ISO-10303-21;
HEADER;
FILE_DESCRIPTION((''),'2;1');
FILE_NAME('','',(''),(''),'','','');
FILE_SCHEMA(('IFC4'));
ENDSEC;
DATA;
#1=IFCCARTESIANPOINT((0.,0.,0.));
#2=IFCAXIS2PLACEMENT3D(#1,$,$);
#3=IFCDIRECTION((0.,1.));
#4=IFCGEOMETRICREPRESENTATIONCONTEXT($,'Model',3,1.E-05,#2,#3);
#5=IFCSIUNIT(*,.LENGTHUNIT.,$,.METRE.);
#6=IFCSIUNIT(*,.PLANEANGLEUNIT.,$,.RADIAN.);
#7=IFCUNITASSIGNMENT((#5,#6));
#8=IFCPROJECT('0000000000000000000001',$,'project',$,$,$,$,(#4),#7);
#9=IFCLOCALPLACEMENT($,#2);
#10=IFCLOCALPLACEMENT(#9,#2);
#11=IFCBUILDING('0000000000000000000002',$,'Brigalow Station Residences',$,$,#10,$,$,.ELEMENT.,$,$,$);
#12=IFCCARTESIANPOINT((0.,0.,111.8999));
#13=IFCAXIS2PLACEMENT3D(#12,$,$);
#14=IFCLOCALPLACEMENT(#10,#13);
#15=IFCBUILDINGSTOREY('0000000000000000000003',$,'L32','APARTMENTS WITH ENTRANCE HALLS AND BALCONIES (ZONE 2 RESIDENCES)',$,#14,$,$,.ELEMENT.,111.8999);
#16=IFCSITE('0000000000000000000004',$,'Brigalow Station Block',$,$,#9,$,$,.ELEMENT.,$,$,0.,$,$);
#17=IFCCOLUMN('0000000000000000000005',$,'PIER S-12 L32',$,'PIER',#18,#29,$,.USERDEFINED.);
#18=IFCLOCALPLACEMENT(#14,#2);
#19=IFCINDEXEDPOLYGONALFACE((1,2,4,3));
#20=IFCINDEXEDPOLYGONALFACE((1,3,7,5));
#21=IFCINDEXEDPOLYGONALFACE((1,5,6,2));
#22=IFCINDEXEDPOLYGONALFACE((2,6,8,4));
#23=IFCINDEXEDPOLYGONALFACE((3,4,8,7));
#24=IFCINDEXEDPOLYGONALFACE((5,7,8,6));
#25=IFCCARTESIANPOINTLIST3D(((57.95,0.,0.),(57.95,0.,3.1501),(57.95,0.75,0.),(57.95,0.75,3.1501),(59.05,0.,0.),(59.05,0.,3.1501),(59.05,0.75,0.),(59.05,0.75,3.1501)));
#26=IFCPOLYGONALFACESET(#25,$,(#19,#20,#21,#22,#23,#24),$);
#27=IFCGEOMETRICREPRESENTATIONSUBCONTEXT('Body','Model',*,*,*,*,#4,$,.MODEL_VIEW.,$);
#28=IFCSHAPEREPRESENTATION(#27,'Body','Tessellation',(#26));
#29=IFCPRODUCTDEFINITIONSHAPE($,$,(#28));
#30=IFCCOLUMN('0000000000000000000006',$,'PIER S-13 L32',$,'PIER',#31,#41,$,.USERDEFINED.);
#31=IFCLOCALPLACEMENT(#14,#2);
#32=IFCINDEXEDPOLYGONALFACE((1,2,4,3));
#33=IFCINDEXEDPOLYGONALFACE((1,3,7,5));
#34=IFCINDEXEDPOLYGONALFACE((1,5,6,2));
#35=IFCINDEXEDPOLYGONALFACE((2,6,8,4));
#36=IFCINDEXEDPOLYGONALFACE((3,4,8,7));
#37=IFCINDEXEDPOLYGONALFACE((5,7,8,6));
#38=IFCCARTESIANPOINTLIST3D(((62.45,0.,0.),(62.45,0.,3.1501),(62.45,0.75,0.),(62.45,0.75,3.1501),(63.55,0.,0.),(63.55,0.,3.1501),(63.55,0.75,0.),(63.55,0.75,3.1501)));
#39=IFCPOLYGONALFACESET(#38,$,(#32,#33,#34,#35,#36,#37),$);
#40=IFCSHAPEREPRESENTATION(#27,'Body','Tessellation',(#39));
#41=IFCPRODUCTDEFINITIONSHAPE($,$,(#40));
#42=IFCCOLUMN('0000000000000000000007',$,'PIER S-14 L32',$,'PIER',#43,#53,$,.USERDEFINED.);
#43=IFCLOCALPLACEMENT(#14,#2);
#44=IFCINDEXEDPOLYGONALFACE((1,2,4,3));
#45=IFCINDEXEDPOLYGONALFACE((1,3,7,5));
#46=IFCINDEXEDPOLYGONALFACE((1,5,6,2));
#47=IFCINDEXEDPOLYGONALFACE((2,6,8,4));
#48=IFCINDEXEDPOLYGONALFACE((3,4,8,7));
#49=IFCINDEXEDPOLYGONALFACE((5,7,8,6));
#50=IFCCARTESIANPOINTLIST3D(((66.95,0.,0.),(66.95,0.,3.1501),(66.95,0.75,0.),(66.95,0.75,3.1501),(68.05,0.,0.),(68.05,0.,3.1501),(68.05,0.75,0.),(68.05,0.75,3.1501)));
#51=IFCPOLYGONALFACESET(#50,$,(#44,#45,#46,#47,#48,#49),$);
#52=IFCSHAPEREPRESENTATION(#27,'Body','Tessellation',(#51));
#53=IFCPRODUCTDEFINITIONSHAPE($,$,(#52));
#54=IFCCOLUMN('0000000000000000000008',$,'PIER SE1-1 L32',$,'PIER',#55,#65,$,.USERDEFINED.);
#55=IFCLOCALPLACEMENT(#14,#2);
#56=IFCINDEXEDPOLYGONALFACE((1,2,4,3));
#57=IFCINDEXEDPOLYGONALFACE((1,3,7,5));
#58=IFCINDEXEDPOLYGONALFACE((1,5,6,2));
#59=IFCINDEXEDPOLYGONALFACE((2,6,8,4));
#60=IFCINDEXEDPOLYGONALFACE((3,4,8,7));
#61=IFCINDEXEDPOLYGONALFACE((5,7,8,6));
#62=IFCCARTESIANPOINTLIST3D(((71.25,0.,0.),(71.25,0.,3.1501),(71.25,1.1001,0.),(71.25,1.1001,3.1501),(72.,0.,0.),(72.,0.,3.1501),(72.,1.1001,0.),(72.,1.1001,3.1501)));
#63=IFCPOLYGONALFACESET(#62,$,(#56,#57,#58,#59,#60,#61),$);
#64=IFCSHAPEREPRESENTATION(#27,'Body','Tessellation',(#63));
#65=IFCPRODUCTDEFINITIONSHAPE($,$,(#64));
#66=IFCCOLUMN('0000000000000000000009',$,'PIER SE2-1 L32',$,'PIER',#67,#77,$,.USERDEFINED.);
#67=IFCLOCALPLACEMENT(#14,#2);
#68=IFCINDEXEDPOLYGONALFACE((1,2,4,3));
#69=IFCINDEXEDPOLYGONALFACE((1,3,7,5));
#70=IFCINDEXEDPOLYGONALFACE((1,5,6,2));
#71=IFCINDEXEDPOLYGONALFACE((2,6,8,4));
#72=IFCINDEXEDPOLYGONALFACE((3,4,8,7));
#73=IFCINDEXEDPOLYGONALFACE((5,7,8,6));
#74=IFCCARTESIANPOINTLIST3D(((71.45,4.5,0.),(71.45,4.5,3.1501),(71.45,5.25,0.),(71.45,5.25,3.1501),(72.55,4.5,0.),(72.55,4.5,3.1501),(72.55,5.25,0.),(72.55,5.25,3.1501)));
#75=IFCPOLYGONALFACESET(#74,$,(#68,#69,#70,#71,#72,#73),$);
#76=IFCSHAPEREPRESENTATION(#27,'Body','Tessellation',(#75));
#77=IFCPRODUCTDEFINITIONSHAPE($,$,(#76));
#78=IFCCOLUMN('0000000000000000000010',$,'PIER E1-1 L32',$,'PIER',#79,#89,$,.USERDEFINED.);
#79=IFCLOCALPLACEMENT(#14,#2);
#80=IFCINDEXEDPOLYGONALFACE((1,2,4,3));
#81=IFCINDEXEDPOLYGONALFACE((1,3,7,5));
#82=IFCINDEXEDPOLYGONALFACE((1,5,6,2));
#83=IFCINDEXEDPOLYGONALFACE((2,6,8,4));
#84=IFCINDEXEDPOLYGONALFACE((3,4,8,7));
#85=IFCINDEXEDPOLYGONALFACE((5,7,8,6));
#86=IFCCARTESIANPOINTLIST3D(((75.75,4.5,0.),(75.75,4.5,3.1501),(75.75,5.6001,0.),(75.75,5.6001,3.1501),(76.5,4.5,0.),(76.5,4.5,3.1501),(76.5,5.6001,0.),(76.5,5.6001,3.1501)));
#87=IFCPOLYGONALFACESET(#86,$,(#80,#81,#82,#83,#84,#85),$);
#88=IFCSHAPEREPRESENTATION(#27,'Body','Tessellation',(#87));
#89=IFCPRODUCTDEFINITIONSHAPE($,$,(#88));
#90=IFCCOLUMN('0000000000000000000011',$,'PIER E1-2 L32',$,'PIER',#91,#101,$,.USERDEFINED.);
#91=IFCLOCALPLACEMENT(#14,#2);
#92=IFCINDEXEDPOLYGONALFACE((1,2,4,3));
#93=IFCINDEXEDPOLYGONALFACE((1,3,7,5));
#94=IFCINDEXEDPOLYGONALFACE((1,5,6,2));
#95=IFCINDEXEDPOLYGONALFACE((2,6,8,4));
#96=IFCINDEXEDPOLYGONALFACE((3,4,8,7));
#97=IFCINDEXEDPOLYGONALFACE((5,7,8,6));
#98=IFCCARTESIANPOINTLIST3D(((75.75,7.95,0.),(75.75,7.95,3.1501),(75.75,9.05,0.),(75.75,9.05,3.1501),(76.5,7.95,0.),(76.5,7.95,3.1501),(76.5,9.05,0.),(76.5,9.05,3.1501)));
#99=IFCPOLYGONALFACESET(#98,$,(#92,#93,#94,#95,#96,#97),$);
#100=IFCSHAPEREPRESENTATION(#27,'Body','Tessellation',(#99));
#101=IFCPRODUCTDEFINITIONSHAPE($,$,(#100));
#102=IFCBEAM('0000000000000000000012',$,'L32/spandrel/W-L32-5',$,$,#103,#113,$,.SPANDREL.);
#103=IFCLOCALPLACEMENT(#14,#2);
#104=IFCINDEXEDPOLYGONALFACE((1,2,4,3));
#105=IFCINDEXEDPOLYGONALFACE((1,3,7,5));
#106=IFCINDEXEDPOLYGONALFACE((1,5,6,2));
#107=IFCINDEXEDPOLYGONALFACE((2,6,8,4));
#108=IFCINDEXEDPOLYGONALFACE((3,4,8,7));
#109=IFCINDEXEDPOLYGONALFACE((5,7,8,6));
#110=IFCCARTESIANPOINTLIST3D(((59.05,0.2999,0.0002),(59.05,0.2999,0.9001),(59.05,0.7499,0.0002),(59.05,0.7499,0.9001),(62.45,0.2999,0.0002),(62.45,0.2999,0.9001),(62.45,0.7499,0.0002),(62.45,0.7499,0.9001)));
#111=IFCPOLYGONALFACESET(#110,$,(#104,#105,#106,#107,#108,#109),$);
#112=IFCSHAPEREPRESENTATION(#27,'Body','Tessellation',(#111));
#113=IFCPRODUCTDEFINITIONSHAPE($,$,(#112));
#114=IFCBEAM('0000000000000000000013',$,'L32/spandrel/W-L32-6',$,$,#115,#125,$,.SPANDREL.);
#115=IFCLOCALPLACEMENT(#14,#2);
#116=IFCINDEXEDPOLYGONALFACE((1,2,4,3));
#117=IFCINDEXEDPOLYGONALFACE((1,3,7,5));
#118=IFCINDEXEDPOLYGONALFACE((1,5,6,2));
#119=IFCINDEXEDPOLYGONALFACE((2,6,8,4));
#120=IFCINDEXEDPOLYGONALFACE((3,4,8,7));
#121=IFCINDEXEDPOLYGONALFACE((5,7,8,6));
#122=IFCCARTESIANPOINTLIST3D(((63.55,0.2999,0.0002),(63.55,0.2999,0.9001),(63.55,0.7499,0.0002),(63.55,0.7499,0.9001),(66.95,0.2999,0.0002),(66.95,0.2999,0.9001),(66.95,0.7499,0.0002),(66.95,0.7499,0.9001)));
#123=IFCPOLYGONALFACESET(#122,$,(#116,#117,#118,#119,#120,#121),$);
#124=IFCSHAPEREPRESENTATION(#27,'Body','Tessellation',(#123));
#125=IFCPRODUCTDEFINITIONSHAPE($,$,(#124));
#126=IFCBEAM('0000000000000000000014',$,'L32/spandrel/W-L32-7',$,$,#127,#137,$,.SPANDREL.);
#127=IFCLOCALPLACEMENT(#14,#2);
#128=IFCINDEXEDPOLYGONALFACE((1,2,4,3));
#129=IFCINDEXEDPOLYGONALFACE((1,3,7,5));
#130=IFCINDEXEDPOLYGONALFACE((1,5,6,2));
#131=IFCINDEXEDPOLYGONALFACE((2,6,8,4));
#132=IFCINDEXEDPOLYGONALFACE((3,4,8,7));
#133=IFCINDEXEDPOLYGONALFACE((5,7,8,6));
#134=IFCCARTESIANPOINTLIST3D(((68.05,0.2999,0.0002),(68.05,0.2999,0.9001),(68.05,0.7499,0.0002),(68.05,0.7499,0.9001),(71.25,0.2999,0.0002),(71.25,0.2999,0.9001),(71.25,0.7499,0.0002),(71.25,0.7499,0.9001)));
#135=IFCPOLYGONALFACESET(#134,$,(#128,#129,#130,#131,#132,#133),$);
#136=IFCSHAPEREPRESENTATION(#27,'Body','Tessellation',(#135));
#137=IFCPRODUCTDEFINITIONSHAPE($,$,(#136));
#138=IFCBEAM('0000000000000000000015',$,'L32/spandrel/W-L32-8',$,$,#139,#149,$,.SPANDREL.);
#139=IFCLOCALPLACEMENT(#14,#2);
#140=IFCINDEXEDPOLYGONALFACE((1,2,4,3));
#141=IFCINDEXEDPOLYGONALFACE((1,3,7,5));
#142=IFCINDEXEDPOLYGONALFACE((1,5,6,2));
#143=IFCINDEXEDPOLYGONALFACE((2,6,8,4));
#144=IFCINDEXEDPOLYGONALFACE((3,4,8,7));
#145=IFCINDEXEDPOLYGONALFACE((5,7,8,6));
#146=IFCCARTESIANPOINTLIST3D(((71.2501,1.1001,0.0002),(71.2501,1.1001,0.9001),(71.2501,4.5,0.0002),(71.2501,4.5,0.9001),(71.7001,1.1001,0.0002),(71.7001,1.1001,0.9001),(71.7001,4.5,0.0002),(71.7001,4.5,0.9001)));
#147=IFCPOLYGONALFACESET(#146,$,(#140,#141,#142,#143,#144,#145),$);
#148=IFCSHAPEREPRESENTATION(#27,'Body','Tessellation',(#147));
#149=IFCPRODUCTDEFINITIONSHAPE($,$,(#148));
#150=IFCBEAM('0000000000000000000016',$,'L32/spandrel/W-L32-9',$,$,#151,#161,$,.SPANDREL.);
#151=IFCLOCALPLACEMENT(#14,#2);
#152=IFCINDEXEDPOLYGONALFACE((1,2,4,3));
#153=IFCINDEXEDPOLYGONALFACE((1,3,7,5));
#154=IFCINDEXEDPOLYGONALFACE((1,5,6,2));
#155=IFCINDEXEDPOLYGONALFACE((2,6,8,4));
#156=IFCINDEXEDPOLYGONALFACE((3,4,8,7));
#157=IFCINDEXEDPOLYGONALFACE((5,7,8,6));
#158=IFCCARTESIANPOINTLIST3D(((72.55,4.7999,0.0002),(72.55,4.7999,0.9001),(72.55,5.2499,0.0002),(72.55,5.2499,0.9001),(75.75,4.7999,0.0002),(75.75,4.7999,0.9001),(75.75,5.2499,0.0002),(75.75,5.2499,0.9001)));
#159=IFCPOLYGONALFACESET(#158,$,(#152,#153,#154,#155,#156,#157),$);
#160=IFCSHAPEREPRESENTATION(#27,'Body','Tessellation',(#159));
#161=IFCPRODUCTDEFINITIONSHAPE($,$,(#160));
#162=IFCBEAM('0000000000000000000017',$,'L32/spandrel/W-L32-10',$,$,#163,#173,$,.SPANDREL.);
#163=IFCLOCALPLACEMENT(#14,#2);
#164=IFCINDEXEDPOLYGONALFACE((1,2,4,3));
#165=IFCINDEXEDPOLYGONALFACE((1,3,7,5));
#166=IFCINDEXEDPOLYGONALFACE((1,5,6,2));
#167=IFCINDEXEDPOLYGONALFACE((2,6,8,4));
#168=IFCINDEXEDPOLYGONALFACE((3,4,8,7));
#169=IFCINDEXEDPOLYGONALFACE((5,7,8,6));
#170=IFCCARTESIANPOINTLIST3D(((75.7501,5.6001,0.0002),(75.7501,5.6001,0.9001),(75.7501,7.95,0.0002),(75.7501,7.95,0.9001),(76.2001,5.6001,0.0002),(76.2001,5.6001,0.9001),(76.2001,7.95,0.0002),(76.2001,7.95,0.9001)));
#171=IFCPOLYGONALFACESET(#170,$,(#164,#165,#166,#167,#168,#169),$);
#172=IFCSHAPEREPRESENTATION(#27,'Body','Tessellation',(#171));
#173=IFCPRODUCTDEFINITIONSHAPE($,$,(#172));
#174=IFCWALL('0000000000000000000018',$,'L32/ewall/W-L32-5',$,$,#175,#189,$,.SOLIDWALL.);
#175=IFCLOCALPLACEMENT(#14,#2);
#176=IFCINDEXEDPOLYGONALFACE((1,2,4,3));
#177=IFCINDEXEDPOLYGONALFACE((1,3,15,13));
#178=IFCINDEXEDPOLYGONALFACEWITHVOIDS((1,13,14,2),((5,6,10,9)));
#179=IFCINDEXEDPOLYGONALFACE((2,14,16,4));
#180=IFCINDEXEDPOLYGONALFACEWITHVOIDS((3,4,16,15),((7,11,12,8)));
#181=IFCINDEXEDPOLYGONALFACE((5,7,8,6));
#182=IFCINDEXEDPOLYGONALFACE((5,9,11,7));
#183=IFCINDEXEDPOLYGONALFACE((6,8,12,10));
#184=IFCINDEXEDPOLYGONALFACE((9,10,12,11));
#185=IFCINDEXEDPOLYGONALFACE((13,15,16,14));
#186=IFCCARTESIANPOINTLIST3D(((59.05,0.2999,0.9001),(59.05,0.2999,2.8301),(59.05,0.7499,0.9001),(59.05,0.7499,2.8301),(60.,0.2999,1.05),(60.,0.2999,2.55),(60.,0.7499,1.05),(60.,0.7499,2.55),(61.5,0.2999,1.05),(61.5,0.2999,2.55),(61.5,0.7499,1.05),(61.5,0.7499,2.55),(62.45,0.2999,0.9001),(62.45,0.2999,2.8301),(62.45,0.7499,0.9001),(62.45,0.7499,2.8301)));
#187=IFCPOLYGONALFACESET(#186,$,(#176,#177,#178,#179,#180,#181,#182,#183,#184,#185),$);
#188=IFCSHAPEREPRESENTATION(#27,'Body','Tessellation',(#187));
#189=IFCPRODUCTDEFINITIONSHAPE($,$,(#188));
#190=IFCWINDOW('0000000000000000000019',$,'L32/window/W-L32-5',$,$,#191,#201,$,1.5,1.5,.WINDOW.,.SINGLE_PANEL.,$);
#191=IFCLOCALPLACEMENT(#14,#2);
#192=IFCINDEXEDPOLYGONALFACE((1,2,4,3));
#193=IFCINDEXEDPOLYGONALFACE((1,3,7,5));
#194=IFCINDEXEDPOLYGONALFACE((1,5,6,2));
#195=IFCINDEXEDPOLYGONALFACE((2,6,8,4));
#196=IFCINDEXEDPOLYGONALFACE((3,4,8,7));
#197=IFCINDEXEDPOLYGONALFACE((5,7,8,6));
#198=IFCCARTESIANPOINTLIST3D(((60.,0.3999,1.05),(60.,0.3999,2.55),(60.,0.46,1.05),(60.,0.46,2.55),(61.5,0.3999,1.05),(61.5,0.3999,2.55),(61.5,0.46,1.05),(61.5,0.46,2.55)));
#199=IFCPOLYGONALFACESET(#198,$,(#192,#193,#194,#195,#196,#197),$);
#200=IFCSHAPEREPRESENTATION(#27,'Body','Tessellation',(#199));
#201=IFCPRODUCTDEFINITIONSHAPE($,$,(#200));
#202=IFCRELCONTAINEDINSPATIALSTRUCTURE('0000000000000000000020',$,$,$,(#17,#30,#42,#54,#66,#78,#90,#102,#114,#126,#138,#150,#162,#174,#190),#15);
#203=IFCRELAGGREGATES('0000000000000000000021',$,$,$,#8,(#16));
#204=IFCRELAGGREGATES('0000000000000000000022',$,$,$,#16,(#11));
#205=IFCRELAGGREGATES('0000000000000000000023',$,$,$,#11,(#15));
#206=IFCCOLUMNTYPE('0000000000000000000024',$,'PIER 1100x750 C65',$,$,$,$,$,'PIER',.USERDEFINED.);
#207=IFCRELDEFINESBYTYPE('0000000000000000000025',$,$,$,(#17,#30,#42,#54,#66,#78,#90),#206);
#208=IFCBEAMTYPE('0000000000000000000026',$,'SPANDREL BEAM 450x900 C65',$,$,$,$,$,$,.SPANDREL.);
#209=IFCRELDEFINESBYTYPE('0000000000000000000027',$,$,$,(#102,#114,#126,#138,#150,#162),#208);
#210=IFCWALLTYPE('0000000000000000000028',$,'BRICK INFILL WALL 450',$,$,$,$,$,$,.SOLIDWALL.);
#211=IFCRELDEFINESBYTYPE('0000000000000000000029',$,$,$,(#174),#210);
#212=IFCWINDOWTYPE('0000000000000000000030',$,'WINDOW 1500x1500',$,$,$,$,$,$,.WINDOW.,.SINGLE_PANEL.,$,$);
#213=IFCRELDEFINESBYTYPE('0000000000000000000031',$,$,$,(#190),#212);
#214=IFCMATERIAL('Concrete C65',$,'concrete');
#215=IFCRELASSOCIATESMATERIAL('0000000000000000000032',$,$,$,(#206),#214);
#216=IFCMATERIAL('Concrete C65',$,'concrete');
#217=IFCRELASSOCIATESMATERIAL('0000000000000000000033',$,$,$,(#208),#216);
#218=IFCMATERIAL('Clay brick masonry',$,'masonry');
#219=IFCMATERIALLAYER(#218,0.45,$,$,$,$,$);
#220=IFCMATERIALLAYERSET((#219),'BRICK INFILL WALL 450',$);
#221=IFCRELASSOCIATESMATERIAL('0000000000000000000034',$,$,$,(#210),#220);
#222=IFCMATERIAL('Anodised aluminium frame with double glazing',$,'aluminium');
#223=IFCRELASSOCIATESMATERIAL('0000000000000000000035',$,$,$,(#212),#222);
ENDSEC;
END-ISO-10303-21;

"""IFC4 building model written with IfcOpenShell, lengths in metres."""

from ifc_helpers import new_model, si_unit, direction, frame, frame_2d, origin, origin_2d, place, context, subcontext, project, spatial, rectangle, extrude, material, layer, layer_set, material_profile, profile_set, type_object, element, fill, save


model = new_model("IFC4")

# Units and contexts
model_context = context("Model", 3, precision=1e-05, world=origin(), true_north=direction((0.0, 1.0)))
body_context = subcontext(model_context, "Body", "Model", "MODEL_VIEW")
ifc_project = project(units=[si_unit("LENGTHUNIT", "METRE"), si_unit("PLANEANGLEUNIT", "RADIAN")], contexts=[model_context])

# Site, building, storey
site_placement = place(None, origin())
site = spatial("IfcSite", under=ifc_project, at=site_placement, Name="Brigalow Station Block", CompositionType="ELEMENT", RefElevation=0.0)
building_placement = place(site_placement, origin())
building = spatial("IfcBuilding", under=site, at=building_placement, Name="Brigalow Station Residences", CompositionType="ELEMENT")
storey_placement = place(building_placement, frame((0.0, 0.0, 111.8999)))
storey = spatial("IfcBuildingStorey", under=building, at=storey_placement, Name="L32", Description="APARTMENTS WITH ENTRANCE HALLS AND BALCONIES (ZONE 2 RESIDENCES)", CompositionType="ELEMENT", Elevation=111.8999)

# Columns
ifc_material_1 = material(Name="Concrete C65", Category="concrete")
ifc_material_profile_1 = material_profile(ifc_material_1, rectangle(XDim=1.1001, YDim=0.75, at=origin_2d()), Name="RC1100x750")
ifc_profile_set_1 = profile_set([ifc_material_profile_1], Name="Concrete C65")
column_type = type_object("IfcColumnType", Name="PIER 1100x750 C65", ElementType="PIER", PredefinedType="USERDEFINED", material=ifc_profile_set_1)
for number, where, z_axis, x_axis, name in (
    (1, (58.5, 0.375, 0.0), (0.0, 0.0, 1.0), (1.0, 0.0, 0.0), "PIER S-12 L32"),
    (2, (63.0, 0.375, 0.0), (0.0, 0.0, 1.0), (1.0, 0.0, 0.0), "PIER S-13 L32"),
    (3, (67.5, 0.375, 0.0), (0.0, 0.0, 1.0), (1.0, 0.0, 0.0), "PIER S-14 L32"),
    (4, (71.625, 0.55, 0.0), (0.0, 0.0, 1.0), (0.0, 1.0, 0.0), "PIER SE1-1 L32"),
    (5, (72.0, 4.875, 0.0), (0.0, 0.0, 1.0), (1.0, 0.0, 0.0), "PIER SE2-1 L32"),
    (6, (76.125, 5.05, 0.0), (0.0, 0.0, 1.0), (0.0, 1.0, 0.0), "PIER E1-1 L32"),
    (7, (76.125, 8.5, 0.0), (0.0, 0.0, 1.0), (0.0, 1.0, 0.0), "PIER E1-2 L32"),
):
    element("IfcColumn", number, at=place(storey_placement, frame(where, z_axis=z_axis, x_axis=x_axis)), inside=storey, type_object=column_type, Name=name, ObjectType="PIER", PredefinedType="USERDEFINED", context=body_context, shape_type="SweptSolid", body=[
        extrude(rectangle(XDim=1.1001, YDim=0.75, at=origin_2d()), origin(), (0.0, 0.0, 1.0), 3.1501),
    ])

# Beams
ifc_material_2 = material(Name="Concrete C65", Category="concrete")
ifc_material_profile_2 = material_profile(ifc_material_2, rectangle(XDim=0.45, YDim=0.8999, at=origin_2d()), Name="RC450x900")
ifc_profile_set_2 = profile_set([ifc_material_profile_2], Name="Concrete C65")
beam_type = type_object("IfcBeamType", Name="SPANDREL BEAM 450x900 C65", PredefinedType="SPANDREL", material=ifc_profile_set_2)
for number, where, z_axis, x_axis, name in (
    (8, (59.05, 0.5249, 0.4502), (1.0, 0.0, 0.0), (0.0, 1.0, 0.0), "L32/spandrel/W-L32-5"),
    (9, (63.55, 0.5249, 0.4502), (1.0, 0.0, 0.0), (0.0, 1.0, 0.0), "L32/spandrel/W-L32-6"),
):
    element("IfcBeam", number, at=place(storey_placement, frame(where, z_axis=z_axis, x_axis=x_axis)), inside=storey, type_object=beam_type, Name=name, PredefinedType="SPANDREL", context=body_context, shape_type="SweptSolid", body=[
        extrude(rectangle(XDim=0.45, YDim=0.8999, at=origin_2d()), origin(), (0.0, 0.0, 1.0), 3.3999),
    ])
beam_1_placement = place(storey_placement, frame((68.05, 0.5249, 0.4502), z_axis=(1.0, 0.0, 0.0), x_axis=(0.0, 1.0, 0.0)))
element("IfcBeam", 10, at=beam_1_placement, inside=storey, type_object=beam_type, Name="L32/spandrel/W-L32-7", PredefinedType="SPANDREL", context=body_context, shape_type="SweptSolid", body=[
    extrude(rectangle(XDim=0.45, YDim=0.8999, at=origin_2d()), origin(), (0.0, 0.0, 1.0), 3.2),
])
beam_2_placement = place(storey_placement, frame((71.4751, 1.1001, 0.4502), z_axis=(0.0, 1.0, 0.0), x_axis=(-1.0, 0.0, 0.0)))
element("IfcBeam", 11, at=beam_2_placement, inside=storey, type_object=beam_type, Name="L32/spandrel/W-L32-8", PredefinedType="SPANDREL", context=body_context, shape_type="SweptSolid", body=[
    extrude(rectangle(XDim=0.45, YDim=0.8999, at=origin_2d()), origin(), (0.0, 0.0, 1.0), 3.3999),
])
beam_3_placement = place(storey_placement, frame((72.55, 5.0249, 0.4502), z_axis=(1.0, 0.0, 0.0), x_axis=(0.0, 1.0, 0.0)))
element("IfcBeam", 12, at=beam_3_placement, inside=storey, type_object=beam_type, Name="L32/spandrel/W-L32-9", PredefinedType="SPANDREL", context=body_context, shape_type="SweptSolid", body=[
    extrude(rectangle(XDim=0.45, YDim=0.8999, at=origin_2d()), origin(), (0.0, 0.0, 1.0), 3.2),
])
beam_4_placement = place(storey_placement, frame((75.9751, 5.6001, 0.4502), z_axis=(0.0, 1.0, 0.0), x_axis=(-1.0, 0.0, 0.0)))
element("IfcBeam", 13, at=beam_4_placement, inside=storey, type_object=beam_type, Name="L32/spandrel/W-L32-10", PredefinedType="SPANDREL", context=body_context, shape_type="SweptSolid", body=[
    extrude(rectangle(XDim=0.45, YDim=0.8999, at=origin_2d()), origin(), (0.0, 0.0, 1.0), 2.3499),
])

# Wall, opening, window
ifc_material_3 = material(Name="Clay brick masonry", Category="masonry")
ifc_layer_1 = layer(ifc_material_3, 0.45)
ifc_layer_set_1 = layer_set([ifc_layer_1], Name="BRICK INFILL WALL 450")
wall_type_1 = type_object("IfcWallType", Name="BRICK INFILL WALL 450", PredefinedType="SOLIDWALL", material=ifc_layer_set_1)
wall_1_placement = place(storey_placement, frame((59.05, 0.5249, 0.9001), z_axis=(0.0, 0.0, 1.0), x_axis=(1.0, 0.0, 0.0)))
wall_1 = element("IfcWall", 14, at=wall_1_placement, inside=storey, type_object=wall_type_1, Name="L32/ewall/W-L32-5", PredefinedType="SOLIDWALL", context=body_context, shape_type="SweptSolid", body=[
    extrude(rectangle(XDim=3.3999, YDim=0.45, at=frame_2d((1.7, 0.0))), origin(), (0.0, 0.0, 1.0), 1.9299),
])
opening_1_placement = place(wall_1_placement, frame((0.95, 0.0, 0.1499)))
opening_1 = element("IfcOpeningElement", 15, at=opening_1_placement, cuts=wall_1, PredefinedType="OPENING", context=body_context, shape_type="SweptSolid", body=[
    extrude(rectangle(XDim=1.5, YDim=1.5, at=frame_2d((0.75, 0.75))), frame((0.0, 0.2349, 0.0), z_axis=(0.0, -1.0, 0.0), x_axis=(1.0, 0.0, 0.0)), (0.0, 0.0, 1.0), 0.47),
])
ifc_material_4 = material(Name="Anodised aluminium frame with double glazing", Category="aluminium")
window_type_1 = type_object("IfcWindowType", Name="WINDOW 1500x1500", PartitioningType="SINGLE_PANEL", PredefinedType="WINDOW", material=ifc_material_4)
window_1_placement = place(opening_1_placement, origin())
window_1 = element("IfcWindow", 16, at=window_1_placement, inside=storey, type_object=window_type_1, Name="L32/window/W-L32-5", OverallHeight=1.5, OverallWidth=1.5, PartitioningType="SINGLE_PANEL", PredefinedType="WINDOW", context=body_context, shape_type="SweptSolid", body=[
    extrude(rectangle(XDim=1.5, YDim=1.5, at=frame_2d((0.75, 0.75))), frame((0.0, -0.0649, 0.0), z_axis=(0.0, -1.0, 0.0), x_axis=(1.0, 0.0, 0.0)), (0.0, 0.0, 1.0), 0.0601),
])
fill(opening_1, window_1)

save(model, "model.ifc")
